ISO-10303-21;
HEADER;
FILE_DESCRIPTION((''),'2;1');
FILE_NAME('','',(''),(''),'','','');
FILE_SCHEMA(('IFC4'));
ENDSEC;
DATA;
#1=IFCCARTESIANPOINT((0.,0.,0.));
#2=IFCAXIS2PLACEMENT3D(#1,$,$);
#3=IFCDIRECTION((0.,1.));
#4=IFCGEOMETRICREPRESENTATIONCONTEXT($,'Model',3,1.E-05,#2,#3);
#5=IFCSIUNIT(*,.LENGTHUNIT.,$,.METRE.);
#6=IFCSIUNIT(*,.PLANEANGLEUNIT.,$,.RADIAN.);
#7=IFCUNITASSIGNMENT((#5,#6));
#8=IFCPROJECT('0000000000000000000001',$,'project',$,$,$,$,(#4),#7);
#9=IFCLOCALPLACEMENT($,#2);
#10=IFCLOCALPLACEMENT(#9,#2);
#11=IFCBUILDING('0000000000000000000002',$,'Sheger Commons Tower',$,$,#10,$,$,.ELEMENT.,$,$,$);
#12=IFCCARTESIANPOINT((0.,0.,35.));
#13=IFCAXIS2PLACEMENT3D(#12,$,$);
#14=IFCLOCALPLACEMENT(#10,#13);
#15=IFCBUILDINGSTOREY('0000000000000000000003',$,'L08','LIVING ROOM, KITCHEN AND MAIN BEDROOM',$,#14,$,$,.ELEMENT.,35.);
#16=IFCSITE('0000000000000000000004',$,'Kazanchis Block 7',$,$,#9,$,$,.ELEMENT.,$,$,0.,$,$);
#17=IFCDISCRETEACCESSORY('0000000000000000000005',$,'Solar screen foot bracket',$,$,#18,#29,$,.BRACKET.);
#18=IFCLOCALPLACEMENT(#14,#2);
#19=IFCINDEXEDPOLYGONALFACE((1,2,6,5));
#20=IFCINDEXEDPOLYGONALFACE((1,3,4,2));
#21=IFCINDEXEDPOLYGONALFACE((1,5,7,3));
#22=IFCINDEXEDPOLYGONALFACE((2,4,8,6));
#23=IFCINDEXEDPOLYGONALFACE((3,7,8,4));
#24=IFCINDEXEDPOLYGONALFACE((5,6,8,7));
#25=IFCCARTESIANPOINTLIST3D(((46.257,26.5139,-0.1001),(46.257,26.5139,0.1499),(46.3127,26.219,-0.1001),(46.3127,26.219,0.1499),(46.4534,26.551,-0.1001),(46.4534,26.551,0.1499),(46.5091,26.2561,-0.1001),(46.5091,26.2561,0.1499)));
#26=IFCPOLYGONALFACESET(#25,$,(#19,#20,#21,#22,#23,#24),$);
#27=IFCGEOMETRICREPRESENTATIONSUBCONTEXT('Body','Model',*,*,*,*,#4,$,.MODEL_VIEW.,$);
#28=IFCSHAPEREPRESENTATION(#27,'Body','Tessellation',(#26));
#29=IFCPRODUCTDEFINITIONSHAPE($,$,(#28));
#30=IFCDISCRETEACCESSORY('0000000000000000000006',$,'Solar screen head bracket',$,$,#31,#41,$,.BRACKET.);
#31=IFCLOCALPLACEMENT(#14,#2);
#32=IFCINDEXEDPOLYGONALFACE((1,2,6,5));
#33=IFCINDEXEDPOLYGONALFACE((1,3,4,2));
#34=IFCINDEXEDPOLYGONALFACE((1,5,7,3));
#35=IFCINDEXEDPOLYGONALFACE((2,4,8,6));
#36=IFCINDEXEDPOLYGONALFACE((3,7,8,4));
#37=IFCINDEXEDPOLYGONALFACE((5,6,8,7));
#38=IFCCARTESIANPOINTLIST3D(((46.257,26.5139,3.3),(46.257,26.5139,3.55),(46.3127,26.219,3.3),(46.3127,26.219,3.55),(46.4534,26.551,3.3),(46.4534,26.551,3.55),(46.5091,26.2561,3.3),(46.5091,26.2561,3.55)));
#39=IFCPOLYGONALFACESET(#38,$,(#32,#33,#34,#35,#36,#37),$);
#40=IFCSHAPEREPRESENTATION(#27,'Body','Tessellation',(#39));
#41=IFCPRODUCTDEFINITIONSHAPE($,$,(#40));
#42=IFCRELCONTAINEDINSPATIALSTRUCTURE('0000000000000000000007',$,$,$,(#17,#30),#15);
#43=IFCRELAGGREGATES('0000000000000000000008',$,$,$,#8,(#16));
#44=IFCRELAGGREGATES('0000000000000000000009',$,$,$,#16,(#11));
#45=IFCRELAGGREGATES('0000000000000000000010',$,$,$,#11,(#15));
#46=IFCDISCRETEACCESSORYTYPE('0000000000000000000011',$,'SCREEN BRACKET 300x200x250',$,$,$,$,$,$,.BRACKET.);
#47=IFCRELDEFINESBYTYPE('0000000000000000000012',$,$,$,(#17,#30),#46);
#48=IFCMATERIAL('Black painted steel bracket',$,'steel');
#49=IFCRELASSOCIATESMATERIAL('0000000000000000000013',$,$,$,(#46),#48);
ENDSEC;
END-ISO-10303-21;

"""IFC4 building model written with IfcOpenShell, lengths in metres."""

from ifc_helpers import new_model, si_unit, direction, frame, origin, origin_2d, place, context, subcontext, project, spatial, rectangle, extrude, material, type_object, element, save


model = new_model("IFC4")

# Units and contexts
model_context = context("Model", 3, precision=1e-05, world=origin(), true_north=direction((0.0, 1.0)))
body_context = subcontext(model_context, "Body", "Model", "MODEL_VIEW")
ifc_project = project(units=[si_unit("LENGTHUNIT", "METRE"), si_unit("PLANEANGLEUNIT", "RADIAN")], contexts=[model_context])

# Site, building, storey
site_placement = place(None, origin())
site = spatial("IfcSite", under=ifc_project, at=site_placement, Name="Kazanchis Block 7", CompositionType="ELEMENT", RefElevation=0.0)
building_placement = place(site_placement, origin())
building = spatial("IfcBuilding", under=site, at=building_placement, Name="Sheger Commons Tower", CompositionType="ELEMENT")
storey_placement = place(building_placement, frame((0.0, 0.0, 35.0)))
storey = spatial("IfcBuildingStorey", under=building, at=storey_placement, Name="L08", Description="LIVING ROOM, KITCHEN AND MAIN BEDROOM", CompositionType="ELEMENT", Elevation=35.0)

# Discrete accessories
ifc_material_1 = material(Name="Black painted steel bracket", Category="steel")
discrete_accessory_type = type_object("IfcDiscreteAccessoryType", Name="SCREEN BRACKET 300x200x250", PredefinedType="BRACKET", material=ifc_material_1)
for number, where, z_axis, x_axis, name in (
    (1, (46.3831, 26.385, -0.1001), (0.0, 0.0, 1.0), (-0.185615, 0.982623, 0.0), "Solar screen foot bracket"),
    (2, (46.3831, 26.385, 3.3), (0.0, 0.0, 1.0), (-0.185615, 0.982623, 0.0), "Solar screen head bracket"),
):
    element("IfcDiscreteAccessory", number, at=place(storey_placement, frame(where, z_axis=z_axis, x_axis=x_axis)), inside=storey, type_object=discrete_accessory_type, Name=name, PredefinedType="BRACKET", context=body_context, shape_type="SweptSolid", body=[
        extrude(rectangle(XDim=0.3, YDim=0.2, at=origin_2d()), origin(), (0.0, 0.0, 1.0), 0.25),
    ])

save(model, "model.ifc")
